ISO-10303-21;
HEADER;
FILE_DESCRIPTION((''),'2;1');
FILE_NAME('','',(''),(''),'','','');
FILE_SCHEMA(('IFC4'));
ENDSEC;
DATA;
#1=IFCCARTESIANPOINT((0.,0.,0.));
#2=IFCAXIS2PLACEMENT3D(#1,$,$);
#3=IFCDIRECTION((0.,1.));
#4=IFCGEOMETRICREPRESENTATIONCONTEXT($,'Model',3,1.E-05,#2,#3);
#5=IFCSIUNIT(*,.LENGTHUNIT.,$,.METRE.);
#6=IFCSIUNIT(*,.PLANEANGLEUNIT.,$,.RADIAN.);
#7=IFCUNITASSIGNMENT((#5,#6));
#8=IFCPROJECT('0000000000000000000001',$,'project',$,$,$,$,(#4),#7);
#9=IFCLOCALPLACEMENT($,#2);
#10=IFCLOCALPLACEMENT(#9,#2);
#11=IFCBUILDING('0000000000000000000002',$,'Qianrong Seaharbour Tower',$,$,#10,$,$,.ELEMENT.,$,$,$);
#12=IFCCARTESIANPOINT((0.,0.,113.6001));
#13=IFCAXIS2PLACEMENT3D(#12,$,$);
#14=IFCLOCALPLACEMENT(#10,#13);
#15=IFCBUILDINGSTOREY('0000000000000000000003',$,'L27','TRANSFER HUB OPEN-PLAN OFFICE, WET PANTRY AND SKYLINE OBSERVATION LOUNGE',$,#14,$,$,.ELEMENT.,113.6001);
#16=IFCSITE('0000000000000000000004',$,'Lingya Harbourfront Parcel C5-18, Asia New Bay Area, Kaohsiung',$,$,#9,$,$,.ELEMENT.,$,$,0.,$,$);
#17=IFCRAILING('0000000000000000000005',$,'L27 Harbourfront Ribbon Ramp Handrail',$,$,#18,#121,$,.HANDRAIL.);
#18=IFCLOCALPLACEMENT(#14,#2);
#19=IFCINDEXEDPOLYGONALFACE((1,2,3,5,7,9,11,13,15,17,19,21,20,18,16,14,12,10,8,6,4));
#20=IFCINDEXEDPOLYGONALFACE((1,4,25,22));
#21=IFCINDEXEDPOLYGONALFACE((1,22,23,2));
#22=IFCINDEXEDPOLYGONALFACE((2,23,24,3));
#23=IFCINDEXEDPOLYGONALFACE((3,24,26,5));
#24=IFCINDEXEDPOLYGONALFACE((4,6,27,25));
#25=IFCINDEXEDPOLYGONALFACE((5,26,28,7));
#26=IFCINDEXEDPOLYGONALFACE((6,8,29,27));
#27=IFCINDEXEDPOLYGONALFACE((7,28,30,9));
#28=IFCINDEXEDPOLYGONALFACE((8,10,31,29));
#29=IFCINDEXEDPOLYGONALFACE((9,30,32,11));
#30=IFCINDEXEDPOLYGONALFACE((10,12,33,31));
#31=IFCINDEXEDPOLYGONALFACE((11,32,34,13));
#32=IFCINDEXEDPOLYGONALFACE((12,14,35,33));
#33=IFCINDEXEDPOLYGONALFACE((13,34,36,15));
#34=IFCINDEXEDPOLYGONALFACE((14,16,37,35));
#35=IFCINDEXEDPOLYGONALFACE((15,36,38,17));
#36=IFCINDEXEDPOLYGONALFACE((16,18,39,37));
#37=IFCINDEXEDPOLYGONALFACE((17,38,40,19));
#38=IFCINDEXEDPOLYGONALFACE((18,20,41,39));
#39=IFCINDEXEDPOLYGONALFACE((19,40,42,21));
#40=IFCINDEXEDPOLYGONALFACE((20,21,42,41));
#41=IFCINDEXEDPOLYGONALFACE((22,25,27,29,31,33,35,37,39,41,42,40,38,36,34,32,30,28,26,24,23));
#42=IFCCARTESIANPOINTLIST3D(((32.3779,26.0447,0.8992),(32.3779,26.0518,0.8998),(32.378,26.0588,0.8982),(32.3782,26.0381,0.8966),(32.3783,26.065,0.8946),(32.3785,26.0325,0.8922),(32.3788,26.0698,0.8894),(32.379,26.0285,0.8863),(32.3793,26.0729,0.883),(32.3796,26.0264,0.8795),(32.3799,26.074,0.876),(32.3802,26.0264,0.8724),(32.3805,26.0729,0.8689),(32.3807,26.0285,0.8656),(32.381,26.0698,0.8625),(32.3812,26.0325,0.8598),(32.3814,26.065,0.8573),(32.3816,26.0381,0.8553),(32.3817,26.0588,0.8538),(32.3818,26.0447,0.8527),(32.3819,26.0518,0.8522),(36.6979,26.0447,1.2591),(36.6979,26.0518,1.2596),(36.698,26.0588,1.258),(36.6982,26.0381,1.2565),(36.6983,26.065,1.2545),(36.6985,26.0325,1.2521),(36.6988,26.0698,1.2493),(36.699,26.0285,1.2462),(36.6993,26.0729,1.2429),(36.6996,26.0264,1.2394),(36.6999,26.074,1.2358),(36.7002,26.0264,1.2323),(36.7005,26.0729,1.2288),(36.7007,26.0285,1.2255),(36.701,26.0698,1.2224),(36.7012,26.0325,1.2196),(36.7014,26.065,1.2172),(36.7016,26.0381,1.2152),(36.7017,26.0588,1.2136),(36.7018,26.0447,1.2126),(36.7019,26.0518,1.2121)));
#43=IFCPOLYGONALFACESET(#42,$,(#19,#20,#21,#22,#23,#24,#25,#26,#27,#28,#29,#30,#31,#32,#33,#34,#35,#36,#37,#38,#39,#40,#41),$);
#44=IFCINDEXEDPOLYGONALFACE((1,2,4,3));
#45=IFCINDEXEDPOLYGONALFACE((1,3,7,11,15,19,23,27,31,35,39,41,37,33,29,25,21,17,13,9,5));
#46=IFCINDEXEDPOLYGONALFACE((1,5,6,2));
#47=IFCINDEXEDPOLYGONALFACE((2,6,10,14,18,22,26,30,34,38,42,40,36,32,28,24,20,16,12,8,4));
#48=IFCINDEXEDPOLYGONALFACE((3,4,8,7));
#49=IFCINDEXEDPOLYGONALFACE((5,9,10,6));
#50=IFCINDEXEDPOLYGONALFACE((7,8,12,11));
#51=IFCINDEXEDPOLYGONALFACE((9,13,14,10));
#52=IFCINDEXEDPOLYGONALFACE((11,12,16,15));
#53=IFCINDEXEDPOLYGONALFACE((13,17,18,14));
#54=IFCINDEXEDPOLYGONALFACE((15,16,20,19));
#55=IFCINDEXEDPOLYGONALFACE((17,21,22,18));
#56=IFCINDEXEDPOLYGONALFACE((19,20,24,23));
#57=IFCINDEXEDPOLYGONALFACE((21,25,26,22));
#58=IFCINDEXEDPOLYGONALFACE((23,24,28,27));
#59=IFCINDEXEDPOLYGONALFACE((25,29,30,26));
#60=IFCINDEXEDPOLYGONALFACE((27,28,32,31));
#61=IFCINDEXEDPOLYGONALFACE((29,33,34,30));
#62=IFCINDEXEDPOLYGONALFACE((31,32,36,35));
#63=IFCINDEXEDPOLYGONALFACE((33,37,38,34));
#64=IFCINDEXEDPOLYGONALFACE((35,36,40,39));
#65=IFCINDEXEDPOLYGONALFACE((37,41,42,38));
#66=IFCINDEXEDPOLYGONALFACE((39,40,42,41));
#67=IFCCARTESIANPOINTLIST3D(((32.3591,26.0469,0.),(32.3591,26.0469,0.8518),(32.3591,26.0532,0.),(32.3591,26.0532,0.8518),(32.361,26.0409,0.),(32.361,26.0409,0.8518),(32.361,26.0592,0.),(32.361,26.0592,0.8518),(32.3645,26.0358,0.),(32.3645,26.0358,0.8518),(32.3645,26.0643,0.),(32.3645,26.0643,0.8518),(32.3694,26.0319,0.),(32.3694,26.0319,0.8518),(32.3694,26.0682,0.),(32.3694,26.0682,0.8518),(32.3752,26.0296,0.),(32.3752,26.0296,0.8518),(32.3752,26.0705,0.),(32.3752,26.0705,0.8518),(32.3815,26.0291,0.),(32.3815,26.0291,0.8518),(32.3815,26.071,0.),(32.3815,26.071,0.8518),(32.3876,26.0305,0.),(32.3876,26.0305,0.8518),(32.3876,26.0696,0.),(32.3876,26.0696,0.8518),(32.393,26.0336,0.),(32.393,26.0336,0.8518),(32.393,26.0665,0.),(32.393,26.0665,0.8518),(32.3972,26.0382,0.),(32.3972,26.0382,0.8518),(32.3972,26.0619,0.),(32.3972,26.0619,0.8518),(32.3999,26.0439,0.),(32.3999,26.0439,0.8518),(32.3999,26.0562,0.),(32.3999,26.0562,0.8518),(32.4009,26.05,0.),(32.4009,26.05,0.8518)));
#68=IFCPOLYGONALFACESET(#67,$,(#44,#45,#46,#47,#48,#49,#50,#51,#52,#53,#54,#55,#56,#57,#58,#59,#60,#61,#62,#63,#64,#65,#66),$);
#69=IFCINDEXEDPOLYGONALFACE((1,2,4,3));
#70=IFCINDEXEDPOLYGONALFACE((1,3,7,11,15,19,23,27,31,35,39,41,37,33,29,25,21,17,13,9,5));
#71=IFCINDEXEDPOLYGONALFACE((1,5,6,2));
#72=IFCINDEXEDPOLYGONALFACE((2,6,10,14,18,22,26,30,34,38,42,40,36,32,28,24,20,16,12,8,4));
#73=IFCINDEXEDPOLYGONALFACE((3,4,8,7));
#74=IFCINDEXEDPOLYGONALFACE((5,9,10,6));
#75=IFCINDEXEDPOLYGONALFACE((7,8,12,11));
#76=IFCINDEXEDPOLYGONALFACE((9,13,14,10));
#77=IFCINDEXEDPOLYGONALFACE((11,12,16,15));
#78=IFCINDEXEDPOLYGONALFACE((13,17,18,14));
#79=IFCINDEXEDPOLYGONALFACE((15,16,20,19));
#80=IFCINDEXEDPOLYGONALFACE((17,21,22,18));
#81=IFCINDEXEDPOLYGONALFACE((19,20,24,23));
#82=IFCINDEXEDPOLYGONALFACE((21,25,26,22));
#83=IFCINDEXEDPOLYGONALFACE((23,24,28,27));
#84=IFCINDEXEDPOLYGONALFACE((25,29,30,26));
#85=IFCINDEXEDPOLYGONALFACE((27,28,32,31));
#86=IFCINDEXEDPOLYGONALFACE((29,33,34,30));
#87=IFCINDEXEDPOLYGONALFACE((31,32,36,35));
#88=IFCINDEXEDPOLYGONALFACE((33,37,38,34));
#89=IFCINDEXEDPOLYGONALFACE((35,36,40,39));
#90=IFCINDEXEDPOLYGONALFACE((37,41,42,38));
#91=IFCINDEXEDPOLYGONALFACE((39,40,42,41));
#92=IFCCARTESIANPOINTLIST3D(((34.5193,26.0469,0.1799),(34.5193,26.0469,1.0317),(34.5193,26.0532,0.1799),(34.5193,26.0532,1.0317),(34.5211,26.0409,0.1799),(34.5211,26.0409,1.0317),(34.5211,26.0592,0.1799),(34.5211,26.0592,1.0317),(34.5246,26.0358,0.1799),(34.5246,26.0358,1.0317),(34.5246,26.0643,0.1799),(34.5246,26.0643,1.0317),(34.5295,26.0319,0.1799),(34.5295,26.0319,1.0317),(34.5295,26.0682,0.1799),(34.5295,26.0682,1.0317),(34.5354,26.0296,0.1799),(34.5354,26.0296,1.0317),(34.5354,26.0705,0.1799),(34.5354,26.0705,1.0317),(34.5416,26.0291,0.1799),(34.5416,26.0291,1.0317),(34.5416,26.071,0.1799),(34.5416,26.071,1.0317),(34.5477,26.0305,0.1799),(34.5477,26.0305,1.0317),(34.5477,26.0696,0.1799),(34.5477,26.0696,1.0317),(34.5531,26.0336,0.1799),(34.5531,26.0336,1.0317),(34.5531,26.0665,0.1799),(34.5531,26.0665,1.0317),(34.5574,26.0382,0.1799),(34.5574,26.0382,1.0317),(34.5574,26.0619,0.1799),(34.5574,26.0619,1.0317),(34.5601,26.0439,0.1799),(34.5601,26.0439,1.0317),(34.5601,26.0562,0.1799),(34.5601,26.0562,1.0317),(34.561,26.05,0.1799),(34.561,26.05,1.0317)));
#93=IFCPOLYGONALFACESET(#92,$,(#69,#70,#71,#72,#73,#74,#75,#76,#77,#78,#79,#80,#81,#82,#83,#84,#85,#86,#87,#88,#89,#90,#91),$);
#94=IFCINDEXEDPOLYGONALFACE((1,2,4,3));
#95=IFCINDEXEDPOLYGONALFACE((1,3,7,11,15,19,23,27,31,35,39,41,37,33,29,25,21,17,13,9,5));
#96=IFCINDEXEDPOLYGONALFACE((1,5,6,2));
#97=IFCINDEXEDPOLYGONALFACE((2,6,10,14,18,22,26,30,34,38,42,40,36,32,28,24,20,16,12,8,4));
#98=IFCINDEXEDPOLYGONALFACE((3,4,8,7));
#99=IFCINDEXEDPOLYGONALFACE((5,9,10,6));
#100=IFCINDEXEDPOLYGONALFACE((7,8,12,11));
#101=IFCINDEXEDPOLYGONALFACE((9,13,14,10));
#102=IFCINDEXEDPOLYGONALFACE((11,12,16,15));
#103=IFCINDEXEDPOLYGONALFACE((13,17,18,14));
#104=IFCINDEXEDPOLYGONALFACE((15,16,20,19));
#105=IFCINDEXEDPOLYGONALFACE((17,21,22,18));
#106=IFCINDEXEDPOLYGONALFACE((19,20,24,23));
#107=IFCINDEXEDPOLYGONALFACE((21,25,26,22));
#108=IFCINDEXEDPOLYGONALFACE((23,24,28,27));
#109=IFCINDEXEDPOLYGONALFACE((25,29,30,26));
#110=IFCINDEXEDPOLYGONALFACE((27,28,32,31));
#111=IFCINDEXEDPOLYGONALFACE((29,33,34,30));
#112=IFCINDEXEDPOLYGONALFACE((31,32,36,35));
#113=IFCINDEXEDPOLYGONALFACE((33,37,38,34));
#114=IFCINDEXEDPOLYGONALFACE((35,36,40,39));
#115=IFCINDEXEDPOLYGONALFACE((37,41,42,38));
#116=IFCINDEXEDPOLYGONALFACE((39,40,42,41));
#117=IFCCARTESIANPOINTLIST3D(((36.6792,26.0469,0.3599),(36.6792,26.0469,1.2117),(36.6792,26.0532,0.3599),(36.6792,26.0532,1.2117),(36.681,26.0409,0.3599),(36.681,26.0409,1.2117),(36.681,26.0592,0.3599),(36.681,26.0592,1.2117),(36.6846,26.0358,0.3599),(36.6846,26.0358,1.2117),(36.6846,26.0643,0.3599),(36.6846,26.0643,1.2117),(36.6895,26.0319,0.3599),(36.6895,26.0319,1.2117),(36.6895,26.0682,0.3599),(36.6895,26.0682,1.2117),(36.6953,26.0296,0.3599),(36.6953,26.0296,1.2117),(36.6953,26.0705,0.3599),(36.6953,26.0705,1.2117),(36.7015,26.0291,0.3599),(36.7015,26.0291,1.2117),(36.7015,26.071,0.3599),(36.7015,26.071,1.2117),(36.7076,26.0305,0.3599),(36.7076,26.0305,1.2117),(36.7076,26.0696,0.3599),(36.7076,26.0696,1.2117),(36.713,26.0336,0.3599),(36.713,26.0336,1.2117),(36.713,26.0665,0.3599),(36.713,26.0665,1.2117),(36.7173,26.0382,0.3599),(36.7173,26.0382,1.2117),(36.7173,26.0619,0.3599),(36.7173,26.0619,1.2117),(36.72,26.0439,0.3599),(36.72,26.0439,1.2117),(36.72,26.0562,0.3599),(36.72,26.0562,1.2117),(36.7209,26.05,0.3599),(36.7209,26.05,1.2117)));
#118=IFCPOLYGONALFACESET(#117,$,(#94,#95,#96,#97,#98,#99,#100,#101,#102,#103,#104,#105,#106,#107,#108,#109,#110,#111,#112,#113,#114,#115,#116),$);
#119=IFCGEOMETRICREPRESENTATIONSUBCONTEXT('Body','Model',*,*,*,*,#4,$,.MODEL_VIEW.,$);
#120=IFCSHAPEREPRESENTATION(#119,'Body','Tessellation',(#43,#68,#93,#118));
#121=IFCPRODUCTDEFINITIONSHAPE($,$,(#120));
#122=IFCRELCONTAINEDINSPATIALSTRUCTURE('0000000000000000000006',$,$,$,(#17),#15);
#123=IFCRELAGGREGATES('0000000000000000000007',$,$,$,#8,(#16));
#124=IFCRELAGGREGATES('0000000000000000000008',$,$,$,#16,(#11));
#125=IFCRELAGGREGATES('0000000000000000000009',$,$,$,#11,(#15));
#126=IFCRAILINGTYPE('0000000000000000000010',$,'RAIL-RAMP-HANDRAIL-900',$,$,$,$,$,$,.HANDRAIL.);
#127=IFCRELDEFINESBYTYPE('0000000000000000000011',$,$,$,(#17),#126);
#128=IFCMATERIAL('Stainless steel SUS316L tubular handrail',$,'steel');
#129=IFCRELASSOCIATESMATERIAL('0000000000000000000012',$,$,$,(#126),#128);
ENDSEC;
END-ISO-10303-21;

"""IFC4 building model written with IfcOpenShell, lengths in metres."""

from ifc_helpers import new_model, si_unit, direction, frame, origin, origin_2d, place, context, subcontext, project, spatial, circle, extrude, material, type_object, element, save


model = new_model("IFC4")

# Units and contexts
model_context = context("Model", 3, precision=1e-05, world=origin(), true_north=direction((0.0, 1.0)))
body_context = subcontext(model_context, "Body", "Model", "MODEL_VIEW")
ifc_project = project(units=[si_unit("LENGTHUNIT", "METRE"), si_unit("PLANEANGLEUNIT", "RADIAN")], contexts=[model_context])

# Site, building, storey
site_placement = place(None, origin())
site = spatial("IfcSite", under=ifc_project, at=site_placement, Name="Lingya Harbourfront Parcel C5-18, Asia New Bay Area, Kaohsiung", CompositionType="ELEMENT", RefElevation=0.0)
building_placement = place(site_placement, origin())
building = spatial("IfcBuilding", under=site, at=building_placement, Name="Qianrong Seaharbour Tower", CompositionType="ELEMENT")
storey_placement = place(building_placement, frame((0.0, 0.0, 113.6001)))
storey = spatial("IfcBuildingStorey", under=building, at=storey_placement, Name="L27", Description="TRANSFER HUB OPEN-PLAN OFFICE, WET PANTRY AND SKYLINE OBSERVATION LOUNGE", CompositionType="ELEMENT", Elevation=113.6001)

# Railing
ifc_material_1 = material(Name="Stainless steel SUS316L tubular handrail", Category="steel")
railing_type = type_object("IfcRailingType", Name="RAIL-RAMP-HANDRAIL-900", PredefinedType="HANDRAIL", material=ifc_material_1)
railing_placement = place(storey_placement, frame((32.3799, 26.05, 0.0)))
element("IfcRailing", 1, at=railing_placement, inside=storey, type_object=railing_type, Name="L27 Harbourfront Ribbon Ramp Handrail", PredefinedType="HANDRAIL", context=body_context, shape_type="SweptSolid", body=[
    extrude(circle(Radius=0.0239, at=origin_2d()), frame((0.0, 0.0, 0.876), z_axis=(0.996548, 0.0, 0.083013), x_axis=(0.0, 1.0, 0.0)), (0.0, 0.0, 1.0), 4.335),
    extrude(circle(Radius=0.021, at=origin_2d()), origin(), (0.0, 0.0, 1.0), 0.8518),
    extrude(circle(Radius=0.021, at=origin_2d()), frame((2.1602, 0.0, 0.1799)), (0.0, 0.0, 1.0), 0.8518),
    extrude(circle(Radius=0.021, at=origin_2d()), frame((4.3201, 0.0, 0.3599)), (0.0, 0.0, 1.0), 0.8518),
])

save(model, "model.ifc")
